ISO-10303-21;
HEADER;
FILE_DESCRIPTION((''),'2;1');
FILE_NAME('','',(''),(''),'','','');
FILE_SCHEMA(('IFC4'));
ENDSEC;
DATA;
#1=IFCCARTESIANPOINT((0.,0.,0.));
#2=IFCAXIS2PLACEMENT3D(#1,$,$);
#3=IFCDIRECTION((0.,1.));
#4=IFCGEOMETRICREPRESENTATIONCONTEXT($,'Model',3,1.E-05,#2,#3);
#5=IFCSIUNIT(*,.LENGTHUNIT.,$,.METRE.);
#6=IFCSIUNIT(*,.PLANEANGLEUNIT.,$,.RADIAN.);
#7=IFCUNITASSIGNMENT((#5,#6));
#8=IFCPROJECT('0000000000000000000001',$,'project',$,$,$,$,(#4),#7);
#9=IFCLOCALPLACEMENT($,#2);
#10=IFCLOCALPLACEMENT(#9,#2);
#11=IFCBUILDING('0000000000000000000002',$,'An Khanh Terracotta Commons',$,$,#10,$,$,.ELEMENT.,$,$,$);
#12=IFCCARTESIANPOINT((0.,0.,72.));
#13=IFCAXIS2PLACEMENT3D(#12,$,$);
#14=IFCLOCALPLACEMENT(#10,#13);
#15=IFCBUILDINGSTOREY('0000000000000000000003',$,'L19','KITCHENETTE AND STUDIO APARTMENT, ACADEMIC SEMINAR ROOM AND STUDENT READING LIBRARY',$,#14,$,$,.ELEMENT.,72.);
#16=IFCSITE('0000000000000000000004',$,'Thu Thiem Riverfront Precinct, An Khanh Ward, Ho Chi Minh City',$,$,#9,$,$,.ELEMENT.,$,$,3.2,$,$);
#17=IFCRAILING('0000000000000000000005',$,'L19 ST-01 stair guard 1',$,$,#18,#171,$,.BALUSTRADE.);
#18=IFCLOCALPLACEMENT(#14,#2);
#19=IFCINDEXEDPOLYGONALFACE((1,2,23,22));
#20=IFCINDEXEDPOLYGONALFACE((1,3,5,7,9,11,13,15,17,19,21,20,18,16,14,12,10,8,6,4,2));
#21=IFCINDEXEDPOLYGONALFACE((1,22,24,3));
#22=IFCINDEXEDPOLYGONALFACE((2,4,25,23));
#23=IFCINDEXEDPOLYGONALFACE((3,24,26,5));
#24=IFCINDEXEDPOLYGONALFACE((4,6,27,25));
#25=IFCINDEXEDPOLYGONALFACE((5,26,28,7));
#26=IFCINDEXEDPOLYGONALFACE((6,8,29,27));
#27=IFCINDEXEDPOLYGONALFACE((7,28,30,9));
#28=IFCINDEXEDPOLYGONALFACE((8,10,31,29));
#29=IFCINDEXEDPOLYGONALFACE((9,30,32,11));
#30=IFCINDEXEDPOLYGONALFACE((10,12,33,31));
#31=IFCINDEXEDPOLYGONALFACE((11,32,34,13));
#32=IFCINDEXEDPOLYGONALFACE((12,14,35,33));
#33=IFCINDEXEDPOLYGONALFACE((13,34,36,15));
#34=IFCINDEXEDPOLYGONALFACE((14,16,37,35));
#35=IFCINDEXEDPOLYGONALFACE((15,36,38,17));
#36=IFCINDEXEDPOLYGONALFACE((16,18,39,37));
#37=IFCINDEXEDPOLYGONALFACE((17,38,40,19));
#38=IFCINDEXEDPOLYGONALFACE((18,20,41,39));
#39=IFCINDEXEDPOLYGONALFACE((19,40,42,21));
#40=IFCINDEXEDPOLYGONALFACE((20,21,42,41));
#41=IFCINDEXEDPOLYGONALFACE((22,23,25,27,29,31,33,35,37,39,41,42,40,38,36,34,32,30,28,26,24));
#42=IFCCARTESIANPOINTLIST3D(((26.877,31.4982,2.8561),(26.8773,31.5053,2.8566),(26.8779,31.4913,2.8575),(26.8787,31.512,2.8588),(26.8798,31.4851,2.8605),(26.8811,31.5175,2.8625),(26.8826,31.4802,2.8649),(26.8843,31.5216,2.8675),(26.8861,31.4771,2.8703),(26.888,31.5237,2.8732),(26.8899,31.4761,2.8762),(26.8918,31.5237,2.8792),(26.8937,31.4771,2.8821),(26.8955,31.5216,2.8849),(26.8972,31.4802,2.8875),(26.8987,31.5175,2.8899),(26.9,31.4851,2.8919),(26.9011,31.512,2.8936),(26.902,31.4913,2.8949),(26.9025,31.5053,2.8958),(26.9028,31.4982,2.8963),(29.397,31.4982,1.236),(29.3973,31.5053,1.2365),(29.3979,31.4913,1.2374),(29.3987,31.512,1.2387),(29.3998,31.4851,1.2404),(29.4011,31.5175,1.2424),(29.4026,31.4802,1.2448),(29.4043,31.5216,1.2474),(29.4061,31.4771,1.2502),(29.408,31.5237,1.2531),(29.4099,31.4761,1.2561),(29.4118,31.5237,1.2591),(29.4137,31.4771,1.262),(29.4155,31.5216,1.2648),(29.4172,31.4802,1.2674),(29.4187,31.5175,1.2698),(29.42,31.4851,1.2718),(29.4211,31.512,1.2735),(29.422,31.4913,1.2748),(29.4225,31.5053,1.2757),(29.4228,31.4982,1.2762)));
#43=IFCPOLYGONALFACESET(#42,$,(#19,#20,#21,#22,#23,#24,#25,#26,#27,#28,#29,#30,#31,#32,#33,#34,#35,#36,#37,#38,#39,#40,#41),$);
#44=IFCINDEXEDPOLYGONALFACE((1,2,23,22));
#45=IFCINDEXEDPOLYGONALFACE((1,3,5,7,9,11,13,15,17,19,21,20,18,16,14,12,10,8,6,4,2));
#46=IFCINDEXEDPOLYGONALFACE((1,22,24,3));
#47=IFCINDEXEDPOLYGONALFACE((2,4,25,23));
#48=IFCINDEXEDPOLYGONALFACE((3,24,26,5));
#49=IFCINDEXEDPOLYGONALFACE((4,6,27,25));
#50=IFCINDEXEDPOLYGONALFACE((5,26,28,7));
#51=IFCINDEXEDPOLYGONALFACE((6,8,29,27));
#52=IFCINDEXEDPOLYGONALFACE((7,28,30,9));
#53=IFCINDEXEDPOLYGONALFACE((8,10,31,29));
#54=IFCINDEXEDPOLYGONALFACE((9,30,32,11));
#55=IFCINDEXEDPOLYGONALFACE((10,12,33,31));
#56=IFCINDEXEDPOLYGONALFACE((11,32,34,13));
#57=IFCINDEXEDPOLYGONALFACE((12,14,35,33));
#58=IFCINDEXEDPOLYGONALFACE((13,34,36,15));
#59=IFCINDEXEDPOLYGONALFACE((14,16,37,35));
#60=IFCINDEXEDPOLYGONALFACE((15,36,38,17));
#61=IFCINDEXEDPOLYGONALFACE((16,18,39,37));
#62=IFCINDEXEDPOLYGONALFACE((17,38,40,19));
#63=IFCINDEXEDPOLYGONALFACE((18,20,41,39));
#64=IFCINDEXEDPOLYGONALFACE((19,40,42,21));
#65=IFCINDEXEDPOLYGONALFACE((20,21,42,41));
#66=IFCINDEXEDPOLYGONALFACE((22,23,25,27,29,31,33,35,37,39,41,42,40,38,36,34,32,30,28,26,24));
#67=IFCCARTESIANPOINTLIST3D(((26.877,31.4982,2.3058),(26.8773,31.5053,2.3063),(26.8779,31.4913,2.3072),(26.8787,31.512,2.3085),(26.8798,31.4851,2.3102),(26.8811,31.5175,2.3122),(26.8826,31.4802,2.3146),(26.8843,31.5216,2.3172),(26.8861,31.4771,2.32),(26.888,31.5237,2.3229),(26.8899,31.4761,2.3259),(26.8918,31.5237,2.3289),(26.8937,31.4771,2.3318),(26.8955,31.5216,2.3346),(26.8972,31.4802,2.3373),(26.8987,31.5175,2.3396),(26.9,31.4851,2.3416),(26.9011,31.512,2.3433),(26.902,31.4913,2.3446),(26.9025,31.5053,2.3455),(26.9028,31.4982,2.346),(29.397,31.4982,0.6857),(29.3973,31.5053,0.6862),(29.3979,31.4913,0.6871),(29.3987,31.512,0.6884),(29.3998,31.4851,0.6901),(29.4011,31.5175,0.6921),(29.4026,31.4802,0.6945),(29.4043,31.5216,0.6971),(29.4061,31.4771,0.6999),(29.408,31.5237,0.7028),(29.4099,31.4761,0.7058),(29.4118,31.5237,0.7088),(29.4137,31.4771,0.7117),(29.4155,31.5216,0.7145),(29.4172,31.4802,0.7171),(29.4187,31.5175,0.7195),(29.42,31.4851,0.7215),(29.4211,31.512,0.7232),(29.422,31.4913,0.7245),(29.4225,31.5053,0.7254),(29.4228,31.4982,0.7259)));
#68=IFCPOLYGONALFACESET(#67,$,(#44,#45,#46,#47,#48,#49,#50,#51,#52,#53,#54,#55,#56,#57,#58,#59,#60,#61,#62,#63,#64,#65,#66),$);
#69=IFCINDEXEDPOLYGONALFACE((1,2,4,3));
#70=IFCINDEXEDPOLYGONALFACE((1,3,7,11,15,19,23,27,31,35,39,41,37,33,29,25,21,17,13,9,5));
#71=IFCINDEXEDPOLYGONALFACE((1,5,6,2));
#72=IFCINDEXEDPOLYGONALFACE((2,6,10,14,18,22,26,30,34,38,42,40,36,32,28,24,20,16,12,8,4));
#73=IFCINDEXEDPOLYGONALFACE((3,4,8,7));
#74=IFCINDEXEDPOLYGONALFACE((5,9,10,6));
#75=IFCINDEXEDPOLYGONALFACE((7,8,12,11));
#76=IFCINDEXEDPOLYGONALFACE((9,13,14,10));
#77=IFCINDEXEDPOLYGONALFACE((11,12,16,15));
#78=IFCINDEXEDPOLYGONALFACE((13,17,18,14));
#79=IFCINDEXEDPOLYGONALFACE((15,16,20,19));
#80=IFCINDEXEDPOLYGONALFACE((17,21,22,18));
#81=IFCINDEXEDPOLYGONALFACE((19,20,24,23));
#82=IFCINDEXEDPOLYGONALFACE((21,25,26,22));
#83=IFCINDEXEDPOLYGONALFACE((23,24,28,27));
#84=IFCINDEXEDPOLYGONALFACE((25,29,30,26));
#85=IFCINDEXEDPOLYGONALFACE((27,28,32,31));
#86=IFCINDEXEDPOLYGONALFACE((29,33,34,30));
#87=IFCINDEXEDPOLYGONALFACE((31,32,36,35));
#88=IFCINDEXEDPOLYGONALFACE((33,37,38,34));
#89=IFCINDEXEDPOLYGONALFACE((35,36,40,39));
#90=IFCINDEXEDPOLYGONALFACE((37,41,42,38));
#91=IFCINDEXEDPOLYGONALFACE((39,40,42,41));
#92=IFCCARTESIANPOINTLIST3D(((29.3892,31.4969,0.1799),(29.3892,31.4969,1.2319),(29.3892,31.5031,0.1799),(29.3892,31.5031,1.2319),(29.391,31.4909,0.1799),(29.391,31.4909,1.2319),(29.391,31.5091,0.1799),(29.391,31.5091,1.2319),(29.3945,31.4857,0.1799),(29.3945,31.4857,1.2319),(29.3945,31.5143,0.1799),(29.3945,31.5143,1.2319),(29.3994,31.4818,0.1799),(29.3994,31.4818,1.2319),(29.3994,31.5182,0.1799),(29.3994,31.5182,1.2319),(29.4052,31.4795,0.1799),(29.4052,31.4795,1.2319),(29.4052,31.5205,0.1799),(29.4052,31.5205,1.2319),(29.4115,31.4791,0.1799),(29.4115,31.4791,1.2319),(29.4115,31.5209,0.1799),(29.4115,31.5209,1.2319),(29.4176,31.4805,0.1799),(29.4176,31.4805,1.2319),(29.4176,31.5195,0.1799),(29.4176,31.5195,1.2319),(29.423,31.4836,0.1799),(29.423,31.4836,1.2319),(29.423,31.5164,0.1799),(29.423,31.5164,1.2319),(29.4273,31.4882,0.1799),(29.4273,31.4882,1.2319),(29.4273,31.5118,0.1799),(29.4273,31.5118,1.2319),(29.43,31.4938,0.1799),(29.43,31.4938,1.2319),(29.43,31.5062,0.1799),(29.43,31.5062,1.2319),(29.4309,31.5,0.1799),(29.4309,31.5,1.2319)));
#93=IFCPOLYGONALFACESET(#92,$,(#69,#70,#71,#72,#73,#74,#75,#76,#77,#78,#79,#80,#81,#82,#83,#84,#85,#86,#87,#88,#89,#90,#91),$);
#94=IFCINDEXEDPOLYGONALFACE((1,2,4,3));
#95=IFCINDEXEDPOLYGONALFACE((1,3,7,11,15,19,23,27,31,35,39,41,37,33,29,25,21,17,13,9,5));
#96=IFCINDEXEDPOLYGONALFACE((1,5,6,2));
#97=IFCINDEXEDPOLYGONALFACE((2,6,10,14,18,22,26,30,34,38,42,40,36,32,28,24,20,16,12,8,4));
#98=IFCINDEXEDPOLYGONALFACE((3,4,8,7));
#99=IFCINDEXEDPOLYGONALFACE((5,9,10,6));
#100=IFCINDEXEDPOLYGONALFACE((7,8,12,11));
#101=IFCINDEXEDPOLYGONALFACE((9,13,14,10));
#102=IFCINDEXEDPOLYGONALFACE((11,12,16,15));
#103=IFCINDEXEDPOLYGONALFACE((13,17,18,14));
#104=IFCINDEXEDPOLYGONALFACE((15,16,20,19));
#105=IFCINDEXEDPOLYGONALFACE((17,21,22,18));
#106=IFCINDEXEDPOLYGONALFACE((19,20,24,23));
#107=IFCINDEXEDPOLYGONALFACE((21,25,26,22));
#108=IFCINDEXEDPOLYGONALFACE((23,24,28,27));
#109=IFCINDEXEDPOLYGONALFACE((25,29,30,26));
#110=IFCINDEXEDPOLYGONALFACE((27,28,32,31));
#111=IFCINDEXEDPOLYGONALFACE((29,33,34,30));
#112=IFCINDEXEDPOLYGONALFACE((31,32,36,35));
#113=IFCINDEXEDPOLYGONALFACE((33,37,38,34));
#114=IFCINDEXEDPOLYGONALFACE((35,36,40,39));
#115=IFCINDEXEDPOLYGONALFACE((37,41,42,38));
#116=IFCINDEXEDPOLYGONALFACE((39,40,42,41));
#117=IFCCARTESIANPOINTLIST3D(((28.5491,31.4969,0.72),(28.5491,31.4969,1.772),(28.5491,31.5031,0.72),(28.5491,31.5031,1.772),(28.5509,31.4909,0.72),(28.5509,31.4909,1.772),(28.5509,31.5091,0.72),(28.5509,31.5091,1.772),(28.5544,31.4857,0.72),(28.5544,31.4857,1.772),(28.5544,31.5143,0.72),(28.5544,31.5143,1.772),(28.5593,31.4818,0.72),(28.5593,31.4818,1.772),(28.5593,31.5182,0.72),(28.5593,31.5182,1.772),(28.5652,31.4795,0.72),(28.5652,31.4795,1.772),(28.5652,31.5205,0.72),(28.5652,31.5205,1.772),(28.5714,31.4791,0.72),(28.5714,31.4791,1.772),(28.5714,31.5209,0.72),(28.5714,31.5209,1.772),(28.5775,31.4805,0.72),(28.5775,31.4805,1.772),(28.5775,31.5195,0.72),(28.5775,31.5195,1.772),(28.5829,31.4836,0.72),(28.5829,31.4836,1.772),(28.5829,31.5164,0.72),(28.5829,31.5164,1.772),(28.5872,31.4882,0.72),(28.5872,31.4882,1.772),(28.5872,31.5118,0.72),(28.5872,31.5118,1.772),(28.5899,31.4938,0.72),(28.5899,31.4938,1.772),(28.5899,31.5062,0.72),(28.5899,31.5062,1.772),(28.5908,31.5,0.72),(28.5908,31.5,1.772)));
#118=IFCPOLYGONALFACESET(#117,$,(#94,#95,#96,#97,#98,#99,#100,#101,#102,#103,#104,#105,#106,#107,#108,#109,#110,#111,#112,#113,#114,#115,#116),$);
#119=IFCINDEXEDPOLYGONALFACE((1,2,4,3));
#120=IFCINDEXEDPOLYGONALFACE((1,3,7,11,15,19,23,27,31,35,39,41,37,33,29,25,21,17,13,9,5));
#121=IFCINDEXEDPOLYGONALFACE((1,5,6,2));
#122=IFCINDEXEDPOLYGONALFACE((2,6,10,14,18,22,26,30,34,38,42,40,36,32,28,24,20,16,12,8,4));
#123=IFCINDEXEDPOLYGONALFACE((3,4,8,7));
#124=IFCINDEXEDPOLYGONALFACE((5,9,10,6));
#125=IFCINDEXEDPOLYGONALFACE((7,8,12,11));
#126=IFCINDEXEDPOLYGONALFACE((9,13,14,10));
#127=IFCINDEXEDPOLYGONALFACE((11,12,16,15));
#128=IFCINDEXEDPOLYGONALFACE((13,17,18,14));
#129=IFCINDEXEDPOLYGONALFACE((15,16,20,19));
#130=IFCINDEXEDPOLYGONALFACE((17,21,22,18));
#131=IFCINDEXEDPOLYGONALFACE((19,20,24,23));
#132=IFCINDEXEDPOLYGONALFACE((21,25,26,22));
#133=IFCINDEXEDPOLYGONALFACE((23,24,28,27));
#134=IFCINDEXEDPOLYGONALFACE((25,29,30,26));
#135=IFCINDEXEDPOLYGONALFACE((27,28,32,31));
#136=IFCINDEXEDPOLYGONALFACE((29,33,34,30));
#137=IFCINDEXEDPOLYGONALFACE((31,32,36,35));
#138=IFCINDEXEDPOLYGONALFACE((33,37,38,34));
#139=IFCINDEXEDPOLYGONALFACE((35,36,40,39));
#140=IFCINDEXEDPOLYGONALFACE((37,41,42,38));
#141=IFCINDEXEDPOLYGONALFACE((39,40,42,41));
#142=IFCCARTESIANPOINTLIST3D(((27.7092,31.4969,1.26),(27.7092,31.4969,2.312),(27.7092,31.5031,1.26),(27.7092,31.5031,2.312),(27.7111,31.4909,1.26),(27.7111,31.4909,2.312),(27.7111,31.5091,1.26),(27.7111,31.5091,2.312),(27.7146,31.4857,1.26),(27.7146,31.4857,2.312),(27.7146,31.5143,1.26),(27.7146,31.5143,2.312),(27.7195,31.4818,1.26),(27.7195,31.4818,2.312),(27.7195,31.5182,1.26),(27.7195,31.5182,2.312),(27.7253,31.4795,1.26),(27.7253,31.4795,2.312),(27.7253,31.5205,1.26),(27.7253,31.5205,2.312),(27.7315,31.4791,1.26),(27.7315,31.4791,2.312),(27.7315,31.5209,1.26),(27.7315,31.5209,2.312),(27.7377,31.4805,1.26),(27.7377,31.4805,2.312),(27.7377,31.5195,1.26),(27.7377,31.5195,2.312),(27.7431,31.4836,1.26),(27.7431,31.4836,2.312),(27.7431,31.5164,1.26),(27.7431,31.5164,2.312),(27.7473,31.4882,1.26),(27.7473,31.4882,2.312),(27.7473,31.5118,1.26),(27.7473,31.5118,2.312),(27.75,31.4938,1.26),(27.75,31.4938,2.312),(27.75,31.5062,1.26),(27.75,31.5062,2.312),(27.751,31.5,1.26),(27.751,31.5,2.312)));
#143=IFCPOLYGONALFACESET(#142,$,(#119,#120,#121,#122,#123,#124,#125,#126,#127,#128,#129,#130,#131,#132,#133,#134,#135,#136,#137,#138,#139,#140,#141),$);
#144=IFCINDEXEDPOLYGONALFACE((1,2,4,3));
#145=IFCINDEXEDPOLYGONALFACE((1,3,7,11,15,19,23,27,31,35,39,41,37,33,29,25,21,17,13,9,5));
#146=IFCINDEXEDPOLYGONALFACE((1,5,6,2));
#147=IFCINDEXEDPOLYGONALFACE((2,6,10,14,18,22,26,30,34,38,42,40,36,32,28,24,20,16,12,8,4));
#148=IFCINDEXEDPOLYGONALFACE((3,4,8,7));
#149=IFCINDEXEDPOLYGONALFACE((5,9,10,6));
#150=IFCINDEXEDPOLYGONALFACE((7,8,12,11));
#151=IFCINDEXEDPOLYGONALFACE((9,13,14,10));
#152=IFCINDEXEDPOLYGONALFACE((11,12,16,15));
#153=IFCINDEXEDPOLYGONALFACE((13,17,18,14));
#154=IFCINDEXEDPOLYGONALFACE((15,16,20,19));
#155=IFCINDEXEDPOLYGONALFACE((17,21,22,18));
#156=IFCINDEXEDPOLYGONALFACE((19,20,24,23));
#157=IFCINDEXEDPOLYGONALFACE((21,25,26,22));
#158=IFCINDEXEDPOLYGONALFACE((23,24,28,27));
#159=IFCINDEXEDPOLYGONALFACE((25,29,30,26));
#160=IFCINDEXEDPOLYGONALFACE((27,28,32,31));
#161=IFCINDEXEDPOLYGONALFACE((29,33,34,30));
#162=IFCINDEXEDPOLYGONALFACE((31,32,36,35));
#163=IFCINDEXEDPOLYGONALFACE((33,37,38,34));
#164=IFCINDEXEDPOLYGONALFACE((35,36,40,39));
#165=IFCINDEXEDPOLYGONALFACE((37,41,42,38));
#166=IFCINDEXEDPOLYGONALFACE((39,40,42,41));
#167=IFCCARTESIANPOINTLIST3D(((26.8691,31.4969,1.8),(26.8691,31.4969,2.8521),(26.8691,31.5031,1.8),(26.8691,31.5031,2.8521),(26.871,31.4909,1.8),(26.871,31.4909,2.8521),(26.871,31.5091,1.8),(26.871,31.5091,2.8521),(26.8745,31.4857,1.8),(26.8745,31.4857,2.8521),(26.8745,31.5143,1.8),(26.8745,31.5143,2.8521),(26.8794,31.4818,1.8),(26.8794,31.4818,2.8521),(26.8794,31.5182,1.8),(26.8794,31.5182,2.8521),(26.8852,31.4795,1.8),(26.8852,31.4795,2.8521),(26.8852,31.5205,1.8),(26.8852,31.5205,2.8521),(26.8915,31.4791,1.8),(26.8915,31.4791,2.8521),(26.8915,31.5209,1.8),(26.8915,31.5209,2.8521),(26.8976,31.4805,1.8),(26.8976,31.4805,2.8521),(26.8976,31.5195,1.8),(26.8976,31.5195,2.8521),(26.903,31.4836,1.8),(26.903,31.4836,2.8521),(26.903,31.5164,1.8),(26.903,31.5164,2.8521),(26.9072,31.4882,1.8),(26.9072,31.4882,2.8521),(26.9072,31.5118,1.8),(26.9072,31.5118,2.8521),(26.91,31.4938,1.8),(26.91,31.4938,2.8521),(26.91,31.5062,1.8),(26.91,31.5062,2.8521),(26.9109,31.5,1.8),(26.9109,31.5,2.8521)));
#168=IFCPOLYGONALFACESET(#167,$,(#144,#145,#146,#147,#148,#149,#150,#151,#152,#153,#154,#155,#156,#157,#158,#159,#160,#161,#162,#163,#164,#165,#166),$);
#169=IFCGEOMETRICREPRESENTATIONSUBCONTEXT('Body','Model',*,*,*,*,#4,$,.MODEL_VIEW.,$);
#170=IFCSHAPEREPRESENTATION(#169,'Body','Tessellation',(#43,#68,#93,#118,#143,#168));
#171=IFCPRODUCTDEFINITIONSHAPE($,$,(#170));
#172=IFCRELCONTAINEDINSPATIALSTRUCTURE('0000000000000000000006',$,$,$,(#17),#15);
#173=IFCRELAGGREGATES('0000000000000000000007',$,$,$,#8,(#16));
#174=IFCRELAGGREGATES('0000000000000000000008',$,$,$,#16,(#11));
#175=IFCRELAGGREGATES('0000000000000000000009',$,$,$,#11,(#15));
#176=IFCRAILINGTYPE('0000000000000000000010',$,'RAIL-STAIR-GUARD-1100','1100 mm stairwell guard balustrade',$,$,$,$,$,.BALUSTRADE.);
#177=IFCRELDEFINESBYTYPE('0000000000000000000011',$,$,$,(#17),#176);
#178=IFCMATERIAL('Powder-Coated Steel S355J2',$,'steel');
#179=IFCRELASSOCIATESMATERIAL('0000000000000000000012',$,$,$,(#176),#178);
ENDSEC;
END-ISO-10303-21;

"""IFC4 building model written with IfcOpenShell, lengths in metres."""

from ifc_helpers import new_model, si_unit, direction, frame, origin, origin_2d, place, context, subcontext, project, spatial, circle, extrude, material, type_object, element, save


model = new_model("IFC4")

# Units and contexts
model_context = context("Model", 3, precision=1e-05, world=origin(), true_north=direction((0.0, 1.0)))
body_context = subcontext(model_context, "Body", "Model", "MODEL_VIEW")
ifc_project = project(units=[si_unit("LENGTHUNIT", "METRE"), si_unit("PLANEANGLEUNIT", "RADIAN")], contexts=[model_context])

# Site, building, storey
site_placement = place(None, origin())
site = spatial("IfcSite", under=ifc_project, at=site_placement, Name="Thu Thiem Riverfront Precinct, An Khanh Ward, Ho Chi Minh City", CompositionType="ELEMENT", RefElevation=3.2)
building_placement = place(site_placement, origin())
building = spatial("IfcBuilding", under=site, at=building_placement, Name="An Khanh Terracotta Commons", CompositionType="ELEMENT")
storey_placement = place(building_placement, frame((0.0, 0.0, 72.0)))
storey = spatial("IfcBuildingStorey", under=building, at=storey_placement, Name="L19", Description="KITCHENETTE AND STUDIO APARTMENT, ACADEMIC SEMINAR ROOM AND STUDENT READING LIBRARY", CompositionType="ELEMENT", Elevation=72.0)

# Railing
ifc_material_1 = material(Name="Powder-Coated Steel S355J2", Category="steel")
railing_type_1 = type_object("IfcRailingType", Name="RAIL-STAIR-GUARD-1100", Description="1100 mm stairwell guard balustrade", PredefinedType="BALUSTRADE", material=ifc_material_1)
railing_1_placement = place(storey_placement, frame((29.4099, 31.5, 0.1799)))
element("IfcRailing", 1, at=railing_1_placement, inside=storey, type_object=railing_type_1, Name="L19 ST-01 stair guard 1", PredefinedType="BALUSTRADE", context=body_context, shape_type="SweptSolid", body=[
    extrude(circle(Radius=0.0239, at=origin_2d()), frame((0.0, 0.0, 1.0762), z_axis=(-0.841163, 0.0, 0.540782), x_axis=(0.0, -1.0, 0.0)), (0.0, 0.0, 1.0), 2.9958),
    extrude(circle(Radius=0.0239, at=origin_2d()), frame((0.0, 0.0, 0.5259), z_axis=(-0.841163, 0.0, 0.540782), x_axis=(0.0, -1.0, 0.0)), (0.0, 0.0, 1.0), 2.9958),
    extrude(circle(Radius=0.021, at=origin_2d()), origin(), (0.0, 0.0, 1.0), 1.052),
    extrude(circle(Radius=0.021, at=origin_2d()), frame((-0.8401, 0.0, 0.54)), (0.0, 0.0, 1.0), 1.052),
    extrude(circle(Radius=0.021, at=origin_2d()), frame((-1.6799, 0.0, 1.0801)), (0.0, 0.0, 1.0), 1.052),
    extrude(circle(Radius=0.021, at=origin_2d()), frame((-2.52, 0.0, 1.6201)), (0.0, 0.0, 1.0), 1.052),
])

save(model, "model.ifc")
